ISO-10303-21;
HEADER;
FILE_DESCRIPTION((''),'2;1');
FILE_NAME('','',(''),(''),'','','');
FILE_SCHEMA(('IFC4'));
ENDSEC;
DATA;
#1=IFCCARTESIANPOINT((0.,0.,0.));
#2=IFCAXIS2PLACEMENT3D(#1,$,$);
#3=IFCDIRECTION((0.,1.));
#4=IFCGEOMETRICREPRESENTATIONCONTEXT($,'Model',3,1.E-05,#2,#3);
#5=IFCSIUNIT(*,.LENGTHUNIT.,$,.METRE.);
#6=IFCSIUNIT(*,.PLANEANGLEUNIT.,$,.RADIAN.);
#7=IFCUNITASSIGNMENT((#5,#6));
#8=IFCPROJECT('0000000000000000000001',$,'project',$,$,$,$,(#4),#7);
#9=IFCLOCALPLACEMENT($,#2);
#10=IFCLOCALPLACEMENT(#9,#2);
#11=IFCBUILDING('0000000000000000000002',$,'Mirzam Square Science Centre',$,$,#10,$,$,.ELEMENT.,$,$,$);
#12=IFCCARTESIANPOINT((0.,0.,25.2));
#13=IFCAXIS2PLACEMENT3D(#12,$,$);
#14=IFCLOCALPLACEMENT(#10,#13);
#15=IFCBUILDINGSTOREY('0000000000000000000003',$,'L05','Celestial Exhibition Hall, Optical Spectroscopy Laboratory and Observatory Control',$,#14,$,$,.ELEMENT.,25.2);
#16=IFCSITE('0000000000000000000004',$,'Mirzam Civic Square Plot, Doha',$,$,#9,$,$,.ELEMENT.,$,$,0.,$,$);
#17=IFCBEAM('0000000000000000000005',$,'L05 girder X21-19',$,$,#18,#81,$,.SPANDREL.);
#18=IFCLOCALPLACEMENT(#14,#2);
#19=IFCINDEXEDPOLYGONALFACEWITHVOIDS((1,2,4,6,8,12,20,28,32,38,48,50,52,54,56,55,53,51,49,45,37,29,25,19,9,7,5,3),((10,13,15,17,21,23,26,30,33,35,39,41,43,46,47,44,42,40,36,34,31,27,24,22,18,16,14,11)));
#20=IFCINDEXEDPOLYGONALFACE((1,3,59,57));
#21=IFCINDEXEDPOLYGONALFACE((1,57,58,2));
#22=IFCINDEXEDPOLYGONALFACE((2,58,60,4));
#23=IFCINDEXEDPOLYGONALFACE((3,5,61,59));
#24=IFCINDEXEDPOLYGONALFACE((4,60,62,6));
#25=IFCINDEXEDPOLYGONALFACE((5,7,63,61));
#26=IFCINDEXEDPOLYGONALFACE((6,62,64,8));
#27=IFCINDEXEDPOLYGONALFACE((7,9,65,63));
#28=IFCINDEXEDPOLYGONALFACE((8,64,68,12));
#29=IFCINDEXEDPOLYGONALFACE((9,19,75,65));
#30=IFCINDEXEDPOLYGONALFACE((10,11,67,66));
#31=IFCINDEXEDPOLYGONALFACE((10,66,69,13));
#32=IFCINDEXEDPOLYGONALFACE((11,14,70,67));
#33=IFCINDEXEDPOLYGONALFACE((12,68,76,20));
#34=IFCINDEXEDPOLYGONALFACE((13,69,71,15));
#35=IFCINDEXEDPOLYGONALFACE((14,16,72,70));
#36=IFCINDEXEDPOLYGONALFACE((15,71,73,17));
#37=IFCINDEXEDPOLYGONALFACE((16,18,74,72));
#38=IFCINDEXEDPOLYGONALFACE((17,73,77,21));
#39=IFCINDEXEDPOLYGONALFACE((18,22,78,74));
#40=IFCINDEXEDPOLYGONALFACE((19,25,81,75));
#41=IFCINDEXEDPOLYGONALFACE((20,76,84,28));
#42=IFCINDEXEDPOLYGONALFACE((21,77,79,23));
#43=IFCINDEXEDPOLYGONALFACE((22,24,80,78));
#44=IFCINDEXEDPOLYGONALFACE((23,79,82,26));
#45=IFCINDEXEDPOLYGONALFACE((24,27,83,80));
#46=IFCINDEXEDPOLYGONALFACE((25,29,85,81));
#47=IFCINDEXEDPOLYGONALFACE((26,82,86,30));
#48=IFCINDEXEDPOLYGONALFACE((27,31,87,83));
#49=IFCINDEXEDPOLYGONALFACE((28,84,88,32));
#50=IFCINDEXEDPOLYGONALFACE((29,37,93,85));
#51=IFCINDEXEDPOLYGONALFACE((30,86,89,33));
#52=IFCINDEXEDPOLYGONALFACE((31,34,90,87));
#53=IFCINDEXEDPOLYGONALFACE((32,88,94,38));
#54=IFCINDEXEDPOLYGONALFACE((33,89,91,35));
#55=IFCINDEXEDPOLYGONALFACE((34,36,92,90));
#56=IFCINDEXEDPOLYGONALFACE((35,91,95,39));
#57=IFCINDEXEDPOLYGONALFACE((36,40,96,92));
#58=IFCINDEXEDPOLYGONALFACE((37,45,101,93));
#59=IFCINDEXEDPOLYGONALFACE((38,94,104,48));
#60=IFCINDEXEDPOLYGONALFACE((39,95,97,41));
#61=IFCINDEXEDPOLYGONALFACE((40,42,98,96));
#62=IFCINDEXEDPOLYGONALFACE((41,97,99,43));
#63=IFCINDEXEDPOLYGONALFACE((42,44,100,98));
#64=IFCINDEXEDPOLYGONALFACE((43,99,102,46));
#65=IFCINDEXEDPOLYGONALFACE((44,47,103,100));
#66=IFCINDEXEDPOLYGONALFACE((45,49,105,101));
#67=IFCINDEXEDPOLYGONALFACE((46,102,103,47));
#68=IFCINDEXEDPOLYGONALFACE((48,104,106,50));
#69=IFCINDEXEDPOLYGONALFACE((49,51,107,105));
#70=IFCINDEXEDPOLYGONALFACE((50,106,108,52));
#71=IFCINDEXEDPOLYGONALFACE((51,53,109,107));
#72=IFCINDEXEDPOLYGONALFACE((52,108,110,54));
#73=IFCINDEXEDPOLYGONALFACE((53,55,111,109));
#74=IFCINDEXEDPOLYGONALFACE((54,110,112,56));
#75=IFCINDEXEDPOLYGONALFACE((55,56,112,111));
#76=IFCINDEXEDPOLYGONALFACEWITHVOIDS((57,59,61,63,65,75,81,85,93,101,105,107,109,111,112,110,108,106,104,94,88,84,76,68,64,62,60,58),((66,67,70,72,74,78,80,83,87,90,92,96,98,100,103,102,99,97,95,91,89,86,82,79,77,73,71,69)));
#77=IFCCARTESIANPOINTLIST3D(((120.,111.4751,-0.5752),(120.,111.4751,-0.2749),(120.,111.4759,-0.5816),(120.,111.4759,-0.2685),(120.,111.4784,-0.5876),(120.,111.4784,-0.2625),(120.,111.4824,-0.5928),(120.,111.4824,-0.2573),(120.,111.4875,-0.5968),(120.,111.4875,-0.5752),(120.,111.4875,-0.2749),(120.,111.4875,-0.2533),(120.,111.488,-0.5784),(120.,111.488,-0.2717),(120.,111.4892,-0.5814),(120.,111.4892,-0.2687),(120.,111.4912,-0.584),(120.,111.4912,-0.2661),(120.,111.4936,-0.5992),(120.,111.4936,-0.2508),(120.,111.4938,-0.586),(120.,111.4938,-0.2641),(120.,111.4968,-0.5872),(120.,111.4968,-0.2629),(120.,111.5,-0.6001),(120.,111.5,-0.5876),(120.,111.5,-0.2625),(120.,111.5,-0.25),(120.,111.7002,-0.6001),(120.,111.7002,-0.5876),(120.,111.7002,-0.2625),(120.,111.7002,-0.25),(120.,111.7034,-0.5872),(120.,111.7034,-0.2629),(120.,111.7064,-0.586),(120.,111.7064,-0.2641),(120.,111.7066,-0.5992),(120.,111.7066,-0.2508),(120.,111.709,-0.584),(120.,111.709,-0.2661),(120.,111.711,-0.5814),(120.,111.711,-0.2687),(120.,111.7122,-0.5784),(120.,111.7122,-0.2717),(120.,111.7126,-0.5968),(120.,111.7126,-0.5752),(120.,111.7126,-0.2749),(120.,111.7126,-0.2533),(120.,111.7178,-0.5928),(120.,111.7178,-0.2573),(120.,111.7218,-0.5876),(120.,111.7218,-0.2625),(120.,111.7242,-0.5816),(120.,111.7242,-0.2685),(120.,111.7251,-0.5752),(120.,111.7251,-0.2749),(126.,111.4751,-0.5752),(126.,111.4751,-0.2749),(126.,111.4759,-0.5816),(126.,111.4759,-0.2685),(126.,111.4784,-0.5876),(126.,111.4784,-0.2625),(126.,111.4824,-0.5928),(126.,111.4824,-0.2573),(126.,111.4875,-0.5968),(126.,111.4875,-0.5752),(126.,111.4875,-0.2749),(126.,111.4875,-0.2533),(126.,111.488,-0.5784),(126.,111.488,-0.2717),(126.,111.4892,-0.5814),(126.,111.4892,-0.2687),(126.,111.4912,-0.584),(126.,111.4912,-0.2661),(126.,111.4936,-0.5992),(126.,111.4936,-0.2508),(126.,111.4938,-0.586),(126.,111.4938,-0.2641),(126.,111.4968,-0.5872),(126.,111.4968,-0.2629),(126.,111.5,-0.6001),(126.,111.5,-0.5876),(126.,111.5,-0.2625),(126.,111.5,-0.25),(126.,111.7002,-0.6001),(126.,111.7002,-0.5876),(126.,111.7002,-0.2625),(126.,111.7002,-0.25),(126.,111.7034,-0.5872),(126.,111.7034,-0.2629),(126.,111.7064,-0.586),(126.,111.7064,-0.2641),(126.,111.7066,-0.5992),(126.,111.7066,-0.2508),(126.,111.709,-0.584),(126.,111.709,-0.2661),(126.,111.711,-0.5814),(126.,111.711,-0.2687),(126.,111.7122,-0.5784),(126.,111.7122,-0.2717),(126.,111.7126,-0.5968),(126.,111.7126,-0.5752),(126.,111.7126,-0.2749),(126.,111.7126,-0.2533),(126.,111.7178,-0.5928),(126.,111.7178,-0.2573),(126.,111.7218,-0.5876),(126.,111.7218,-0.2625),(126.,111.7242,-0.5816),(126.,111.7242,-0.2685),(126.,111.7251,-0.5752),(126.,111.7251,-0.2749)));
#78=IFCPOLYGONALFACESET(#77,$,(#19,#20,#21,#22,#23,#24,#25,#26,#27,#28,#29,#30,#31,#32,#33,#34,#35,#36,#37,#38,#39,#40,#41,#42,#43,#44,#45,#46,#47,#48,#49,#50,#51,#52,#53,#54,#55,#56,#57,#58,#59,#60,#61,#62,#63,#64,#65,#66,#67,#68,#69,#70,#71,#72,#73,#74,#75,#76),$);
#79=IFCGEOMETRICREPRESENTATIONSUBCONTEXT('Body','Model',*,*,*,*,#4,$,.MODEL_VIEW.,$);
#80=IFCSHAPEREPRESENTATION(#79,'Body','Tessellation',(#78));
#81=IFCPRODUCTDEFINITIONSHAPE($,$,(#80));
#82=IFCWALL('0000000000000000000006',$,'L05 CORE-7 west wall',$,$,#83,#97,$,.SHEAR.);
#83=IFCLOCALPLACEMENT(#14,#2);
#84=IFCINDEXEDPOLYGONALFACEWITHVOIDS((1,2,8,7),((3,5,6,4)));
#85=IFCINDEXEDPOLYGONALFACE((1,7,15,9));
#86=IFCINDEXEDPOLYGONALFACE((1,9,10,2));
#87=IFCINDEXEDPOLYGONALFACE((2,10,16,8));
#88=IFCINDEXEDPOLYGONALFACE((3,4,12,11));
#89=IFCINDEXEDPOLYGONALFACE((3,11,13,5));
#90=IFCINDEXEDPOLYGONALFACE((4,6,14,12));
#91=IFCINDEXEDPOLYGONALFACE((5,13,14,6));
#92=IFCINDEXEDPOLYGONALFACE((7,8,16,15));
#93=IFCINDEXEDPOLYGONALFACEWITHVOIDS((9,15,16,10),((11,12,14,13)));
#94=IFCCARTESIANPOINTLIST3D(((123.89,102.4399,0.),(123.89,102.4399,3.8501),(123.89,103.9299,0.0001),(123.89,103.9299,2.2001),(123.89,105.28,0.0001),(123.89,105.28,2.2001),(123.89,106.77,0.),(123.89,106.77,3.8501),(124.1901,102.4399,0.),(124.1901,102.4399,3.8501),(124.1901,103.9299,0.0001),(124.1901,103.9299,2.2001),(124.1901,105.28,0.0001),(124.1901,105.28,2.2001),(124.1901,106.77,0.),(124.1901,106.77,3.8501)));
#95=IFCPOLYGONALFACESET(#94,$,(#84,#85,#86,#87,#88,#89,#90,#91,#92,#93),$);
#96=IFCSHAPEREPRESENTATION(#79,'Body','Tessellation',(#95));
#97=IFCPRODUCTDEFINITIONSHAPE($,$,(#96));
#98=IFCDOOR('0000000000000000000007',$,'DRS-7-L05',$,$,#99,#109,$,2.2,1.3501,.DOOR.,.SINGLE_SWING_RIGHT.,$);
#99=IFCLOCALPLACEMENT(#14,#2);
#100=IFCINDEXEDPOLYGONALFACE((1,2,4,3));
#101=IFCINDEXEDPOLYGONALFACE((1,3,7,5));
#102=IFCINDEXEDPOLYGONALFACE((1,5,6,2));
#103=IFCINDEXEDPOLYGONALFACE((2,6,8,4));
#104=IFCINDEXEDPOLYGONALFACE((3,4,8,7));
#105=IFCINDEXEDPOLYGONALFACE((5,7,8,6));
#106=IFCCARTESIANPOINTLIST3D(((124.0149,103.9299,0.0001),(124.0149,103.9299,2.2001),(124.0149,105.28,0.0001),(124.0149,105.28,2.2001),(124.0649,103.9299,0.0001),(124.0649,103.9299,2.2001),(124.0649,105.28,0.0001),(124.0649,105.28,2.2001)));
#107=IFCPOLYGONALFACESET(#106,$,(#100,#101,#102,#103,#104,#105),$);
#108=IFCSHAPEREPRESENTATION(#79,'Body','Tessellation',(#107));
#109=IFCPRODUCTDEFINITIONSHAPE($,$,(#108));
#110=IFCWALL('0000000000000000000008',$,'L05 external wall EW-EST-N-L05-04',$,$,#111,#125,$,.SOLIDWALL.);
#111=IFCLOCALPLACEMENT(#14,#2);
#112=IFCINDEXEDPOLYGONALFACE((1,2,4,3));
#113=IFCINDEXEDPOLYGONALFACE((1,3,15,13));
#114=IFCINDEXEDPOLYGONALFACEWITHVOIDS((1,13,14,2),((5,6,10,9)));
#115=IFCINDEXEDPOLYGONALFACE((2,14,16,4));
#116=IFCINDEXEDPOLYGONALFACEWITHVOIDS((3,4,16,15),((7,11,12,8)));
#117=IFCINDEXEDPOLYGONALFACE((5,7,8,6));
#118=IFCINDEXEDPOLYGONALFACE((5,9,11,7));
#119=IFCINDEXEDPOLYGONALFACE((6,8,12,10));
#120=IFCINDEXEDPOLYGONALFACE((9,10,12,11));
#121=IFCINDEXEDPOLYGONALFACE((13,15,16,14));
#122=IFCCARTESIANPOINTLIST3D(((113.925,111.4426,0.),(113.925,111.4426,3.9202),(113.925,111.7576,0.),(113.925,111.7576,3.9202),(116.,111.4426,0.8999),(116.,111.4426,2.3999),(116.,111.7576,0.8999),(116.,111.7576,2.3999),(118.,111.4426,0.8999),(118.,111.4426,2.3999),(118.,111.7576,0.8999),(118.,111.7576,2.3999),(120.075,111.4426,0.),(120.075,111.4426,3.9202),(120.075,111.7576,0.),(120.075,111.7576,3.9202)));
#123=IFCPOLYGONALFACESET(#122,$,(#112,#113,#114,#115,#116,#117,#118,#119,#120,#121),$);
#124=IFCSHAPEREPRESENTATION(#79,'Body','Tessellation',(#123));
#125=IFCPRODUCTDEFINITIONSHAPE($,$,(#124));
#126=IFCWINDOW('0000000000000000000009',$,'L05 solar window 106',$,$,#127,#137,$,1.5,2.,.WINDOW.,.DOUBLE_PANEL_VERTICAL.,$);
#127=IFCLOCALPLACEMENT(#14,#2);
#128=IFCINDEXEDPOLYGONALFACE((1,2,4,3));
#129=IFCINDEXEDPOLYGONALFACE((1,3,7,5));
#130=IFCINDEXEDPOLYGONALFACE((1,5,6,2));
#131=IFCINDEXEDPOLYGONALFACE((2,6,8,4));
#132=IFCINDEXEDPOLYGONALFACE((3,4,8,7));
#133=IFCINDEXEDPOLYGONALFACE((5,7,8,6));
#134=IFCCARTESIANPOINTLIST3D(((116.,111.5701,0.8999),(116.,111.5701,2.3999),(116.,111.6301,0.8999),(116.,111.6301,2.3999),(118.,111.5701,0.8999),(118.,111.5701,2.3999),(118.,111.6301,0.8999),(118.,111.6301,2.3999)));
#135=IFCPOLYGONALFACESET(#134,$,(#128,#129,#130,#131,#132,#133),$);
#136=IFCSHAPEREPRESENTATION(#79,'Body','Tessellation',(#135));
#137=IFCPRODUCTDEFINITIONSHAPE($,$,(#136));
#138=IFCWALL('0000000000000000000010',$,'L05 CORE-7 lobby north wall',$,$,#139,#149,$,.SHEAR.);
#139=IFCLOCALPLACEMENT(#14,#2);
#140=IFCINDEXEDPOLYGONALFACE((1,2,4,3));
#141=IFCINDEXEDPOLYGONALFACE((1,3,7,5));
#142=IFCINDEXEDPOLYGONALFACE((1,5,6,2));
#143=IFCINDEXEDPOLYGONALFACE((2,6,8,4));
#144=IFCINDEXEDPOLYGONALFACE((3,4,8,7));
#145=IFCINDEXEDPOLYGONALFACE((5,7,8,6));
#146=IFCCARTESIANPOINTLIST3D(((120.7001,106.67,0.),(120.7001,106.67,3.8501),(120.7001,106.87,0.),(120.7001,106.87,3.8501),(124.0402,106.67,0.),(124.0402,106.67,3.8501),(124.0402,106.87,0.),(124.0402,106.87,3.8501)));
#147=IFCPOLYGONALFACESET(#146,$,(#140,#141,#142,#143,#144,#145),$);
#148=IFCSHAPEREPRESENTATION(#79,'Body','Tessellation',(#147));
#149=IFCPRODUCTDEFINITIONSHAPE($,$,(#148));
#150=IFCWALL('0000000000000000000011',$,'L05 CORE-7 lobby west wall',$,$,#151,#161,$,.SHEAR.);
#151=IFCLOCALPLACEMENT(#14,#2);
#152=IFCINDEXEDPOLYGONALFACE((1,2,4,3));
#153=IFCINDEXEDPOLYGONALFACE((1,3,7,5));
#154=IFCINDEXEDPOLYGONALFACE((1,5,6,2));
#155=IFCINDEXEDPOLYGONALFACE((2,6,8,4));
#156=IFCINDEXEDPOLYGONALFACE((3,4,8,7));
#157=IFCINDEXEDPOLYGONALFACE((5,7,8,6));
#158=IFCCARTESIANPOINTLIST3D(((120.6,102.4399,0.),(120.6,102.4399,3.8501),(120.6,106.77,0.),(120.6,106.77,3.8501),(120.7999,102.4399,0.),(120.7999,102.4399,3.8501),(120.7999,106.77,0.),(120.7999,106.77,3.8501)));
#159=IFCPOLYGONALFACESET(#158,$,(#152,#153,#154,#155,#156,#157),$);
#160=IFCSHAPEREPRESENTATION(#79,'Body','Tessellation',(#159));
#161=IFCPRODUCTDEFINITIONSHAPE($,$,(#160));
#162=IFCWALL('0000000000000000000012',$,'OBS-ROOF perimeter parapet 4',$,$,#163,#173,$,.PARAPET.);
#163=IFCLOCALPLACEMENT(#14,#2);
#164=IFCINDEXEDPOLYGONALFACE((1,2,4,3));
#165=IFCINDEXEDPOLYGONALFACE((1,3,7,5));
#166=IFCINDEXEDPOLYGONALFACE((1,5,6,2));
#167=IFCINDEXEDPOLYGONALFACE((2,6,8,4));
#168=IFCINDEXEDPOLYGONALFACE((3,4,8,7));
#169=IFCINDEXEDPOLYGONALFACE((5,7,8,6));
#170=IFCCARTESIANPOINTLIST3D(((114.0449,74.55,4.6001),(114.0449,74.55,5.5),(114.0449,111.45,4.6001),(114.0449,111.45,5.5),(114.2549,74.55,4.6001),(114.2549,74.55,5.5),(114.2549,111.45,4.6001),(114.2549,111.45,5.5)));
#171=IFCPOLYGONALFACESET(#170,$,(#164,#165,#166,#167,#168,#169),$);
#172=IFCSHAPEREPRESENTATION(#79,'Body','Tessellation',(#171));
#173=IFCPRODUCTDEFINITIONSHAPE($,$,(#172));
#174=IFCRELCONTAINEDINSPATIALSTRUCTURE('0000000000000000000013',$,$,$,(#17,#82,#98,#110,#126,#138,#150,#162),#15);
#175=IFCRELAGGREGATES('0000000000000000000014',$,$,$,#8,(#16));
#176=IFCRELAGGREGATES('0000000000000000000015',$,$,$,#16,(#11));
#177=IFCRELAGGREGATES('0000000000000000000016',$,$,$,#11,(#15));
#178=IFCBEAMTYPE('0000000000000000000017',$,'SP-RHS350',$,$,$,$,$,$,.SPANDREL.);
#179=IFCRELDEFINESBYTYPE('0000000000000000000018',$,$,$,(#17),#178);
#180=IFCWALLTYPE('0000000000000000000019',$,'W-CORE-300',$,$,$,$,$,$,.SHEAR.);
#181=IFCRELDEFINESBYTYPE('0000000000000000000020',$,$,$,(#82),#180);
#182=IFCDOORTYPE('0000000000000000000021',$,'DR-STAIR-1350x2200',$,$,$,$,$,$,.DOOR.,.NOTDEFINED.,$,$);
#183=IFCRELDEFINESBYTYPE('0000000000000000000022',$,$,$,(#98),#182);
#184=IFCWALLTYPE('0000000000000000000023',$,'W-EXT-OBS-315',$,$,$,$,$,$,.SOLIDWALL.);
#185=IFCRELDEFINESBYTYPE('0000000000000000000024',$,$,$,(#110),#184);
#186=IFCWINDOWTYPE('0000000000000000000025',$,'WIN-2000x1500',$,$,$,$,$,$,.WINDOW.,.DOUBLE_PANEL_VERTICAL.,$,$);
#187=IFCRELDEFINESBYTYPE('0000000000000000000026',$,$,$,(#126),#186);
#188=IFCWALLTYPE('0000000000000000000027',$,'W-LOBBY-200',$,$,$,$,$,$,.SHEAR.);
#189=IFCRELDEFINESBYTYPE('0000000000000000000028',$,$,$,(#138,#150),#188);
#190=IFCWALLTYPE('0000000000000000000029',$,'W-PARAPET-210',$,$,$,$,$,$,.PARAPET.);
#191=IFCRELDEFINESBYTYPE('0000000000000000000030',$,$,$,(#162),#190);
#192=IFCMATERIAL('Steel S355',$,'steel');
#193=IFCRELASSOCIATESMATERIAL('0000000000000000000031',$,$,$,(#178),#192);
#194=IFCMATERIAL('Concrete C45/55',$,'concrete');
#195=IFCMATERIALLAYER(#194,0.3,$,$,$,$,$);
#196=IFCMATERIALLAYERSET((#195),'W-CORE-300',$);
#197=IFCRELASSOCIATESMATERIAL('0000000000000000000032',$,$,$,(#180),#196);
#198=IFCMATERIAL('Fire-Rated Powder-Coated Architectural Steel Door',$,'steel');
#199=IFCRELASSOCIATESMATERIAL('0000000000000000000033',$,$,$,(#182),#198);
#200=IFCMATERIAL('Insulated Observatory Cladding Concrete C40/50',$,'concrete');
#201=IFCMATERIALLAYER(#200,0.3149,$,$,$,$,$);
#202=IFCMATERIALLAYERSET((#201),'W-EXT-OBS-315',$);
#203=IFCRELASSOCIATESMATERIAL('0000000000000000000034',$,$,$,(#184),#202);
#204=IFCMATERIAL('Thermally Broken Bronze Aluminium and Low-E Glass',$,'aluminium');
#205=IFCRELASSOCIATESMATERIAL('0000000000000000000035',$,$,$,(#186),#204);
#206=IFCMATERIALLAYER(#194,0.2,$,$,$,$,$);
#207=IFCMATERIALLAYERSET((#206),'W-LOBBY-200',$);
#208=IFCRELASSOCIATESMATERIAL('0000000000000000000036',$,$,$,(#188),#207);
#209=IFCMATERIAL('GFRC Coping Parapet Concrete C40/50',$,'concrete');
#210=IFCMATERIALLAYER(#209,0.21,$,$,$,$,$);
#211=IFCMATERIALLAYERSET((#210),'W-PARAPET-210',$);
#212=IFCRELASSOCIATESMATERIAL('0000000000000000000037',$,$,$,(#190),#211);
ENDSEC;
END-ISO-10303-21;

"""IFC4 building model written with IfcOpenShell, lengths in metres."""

from ifc_helpers import new_model, si_unit, direction, frame, frame_2d, origin, origin_2d, place, context, subcontext, project, spatial, rectangle, hollow_rectangle, extrude, material, layer, layer_set, material_profile, profile_set, type_object, element, fill, save


model = new_model("IFC4")

# Units and contexts
model_context = context("Model", 3, precision=1e-05, world=origin(), true_north=direction((0.0, 1.0)))
body_context = subcontext(model_context, "Body", "Model", "MODEL_VIEW")
ifc_project = project(units=[si_unit("LENGTHUNIT", "METRE"), si_unit("PLANEANGLEUNIT", "RADIAN")], contexts=[model_context])

# Site, building, storey
site_placement = place(None, origin())
site = spatial("IfcSite", under=ifc_project, at=site_placement, Name="Mirzam Civic Square Plot, Doha", CompositionType="ELEMENT", RefElevation=0.0)
building_placement = place(site_placement, origin())
building = spatial("IfcBuilding", under=site, at=building_placement, Name="Mirzam Square Science Centre", CompositionType="ELEMENT")
storey_placement = place(building_placement, frame((0.0, 0.0, 25.2)))
storey = spatial("IfcBuildingStorey", under=building, at=storey_placement, Name="L05", Description="Celestial Exhibition Hall, Optical Spectroscopy Laboratory and Observatory Control", CompositionType="ELEMENT", Elevation=25.2)

# Shared definitions
ifc_material_1 = material(Name="Steel S355", Category="steel")

# Beam
ifc_material_profile_1 = material_profile(ifc_material_1, hollow_rectangle(XDim=0.25, YDim=0.3501, WallThickness=0.0125, InnerFilletRadius=0.0125, OuterFilletRadius=0.0249, at=origin_2d()), Name="350x250x12.5RHS")
ifc_profile_set_1 = profile_set([ifc_material_profile_1], Name="Steel S355")
beam_type_1 = type_object("IfcBeamType", Name="SP-RHS350", PredefinedType="SPANDREL", material=ifc_profile_set_1)
beam_1_placement = place(storey_placement, frame((120.0, 111.6001, -0.425), z_axis=(1.0, 0.0, 0.0), x_axis=(0.0, 1.0, 0.0)))
element("IfcBeam", 1, at=beam_1_placement, inside=storey, type_object=beam_type_1, Name="L05 girder X21-19", PredefinedType="SPANDREL", context=body_context, shape_type="SweptSolid", body=[
    extrude(hollow_rectangle(XDim=0.25, YDim=0.3501, WallThickness=0.0125, InnerFilletRadius=0.0125, OuterFilletRadius=0.0249, at=origin_2d()), origin(), (0.0, 0.0, 1.0), 6.0),
])

# Wall, opening, door
ifc_material_2 = material(Name="Concrete C45/55", Category="concrete")
ifc_layer_1 = layer(ifc_material_2, 0.3)
ifc_layer_set_1 = layer_set([ifc_layer_1], Name="W-CORE-300")
wall_type_1 = type_object("IfcWallType", Name="W-CORE-300", PredefinedType="SHEAR", material=ifc_layer_set_1)
wall_1_placement = place(storey_placement, frame((124.04, 106.77, 0.0), z_axis=(0.0, 0.0, 1.0), x_axis=(0.0, -1.0, 0.0)))
wall_1 = element("IfcWall", 2, at=wall_1_placement, inside=storey, type_object=wall_type_1, Name="L05 CORE-7 west wall", PredefinedType="SHEAR", context=body_context, shape_type="SweptSolid", body=[
    extrude(rectangle(XDim=4.3301, YDim=0.3, at=frame_2d((2.165, 0.0))), origin(), (0.0, 0.0, 1.0), 3.8501),
])
opening_1_placement = place(wall_1_placement, frame((1.49, 0.0, 0.0)))
opening_1 = element("IfcOpeningElement", 3, at=opening_1_placement, cuts=wall_1, PredefinedType="OPENING", context=body_context, shape_type="SweptSolid", body=[
    extrude(rectangle(XDim=1.3501, YDim=2.2, at=frame_2d((0.675, 1.1001))), frame((0.0, 0.1599, 0.0), z_axis=(0.0, -1.0, 0.0), x_axis=(1.0, 0.0, 0.0)), (0.0, 0.0, 1.0), 0.3201),
])
ifc_material_3 = material(Name="Fire-Rated Powder-Coated Architectural Steel Door", Category="steel")
door_type_1 = type_object("IfcDoorType", Name="DR-STAIR-1350x2200", OperationType="NOTDEFINED", PredefinedType="DOOR", material=ifc_material_3)
door_1_placement = place(opening_1_placement, origin())
door_1 = element("IfcDoor", 4, at=door_1_placement, inside=storey, type_object=door_type_1, Name="DRS-7-L05", OperationType="SINGLE_SWING_RIGHT", OverallHeight=2.2, OverallWidth=1.3501, PredefinedType="DOOR", context=body_context, shape_type="SweptSolid", body=[
    extrude(rectangle(XDim=1.3501, YDim=2.2, at=frame_2d((0.675, 1.1001))), frame((0.0, 0.0249, 0.0), z_axis=(0.0, -1.0, 0.0), x_axis=(1.0, 0.0, 0.0)), (0.0, 0.0, 1.0), 0.05),
])
fill(opening_1, door_1)

# Wall, opening, window
ifc_material_4 = material(Name="Insulated Observatory Cladding Concrete C40/50", Category="concrete")
ifc_layer_2 = layer(ifc_material_4, 0.3149)
ifc_layer_set_2 = layer_set([ifc_layer_2], Name="W-EXT-OBS-315")
wall_type_2 = type_object("IfcWallType", Name="W-EXT-OBS-315", PredefinedType="SOLIDWALL", material=ifc_layer_set_2)
wall_2_placement = place(storey_placement, frame((120.075, 111.6001, 0.0), z_axis=(0.0, 0.0, 1.0), x_axis=(-1.0, 0.0, 0.0)))
wall_2 = element("IfcWall", 5, at=wall_2_placement, inside=storey, type_object=wall_type_2, Name="L05 external wall EW-EST-N-L05-04", PredefinedType="SOLIDWALL", context=body_context, shape_type="SweptSolid", body=[
    extrude(rectangle(XDim=6.1499, YDim=0.3149, at=frame_2d((3.075, 0.0))), origin(), (0.0, 0.0, 1.0), 3.9202),
])
opening_2_placement = place(wall_2_placement, frame((2.075, 0.0, 0.8999)))
opening_2 = element("IfcOpeningElement", 6, at=opening_2_placement, cuts=wall_2, PredefinedType="OPENING", context=body_context, shape_type="SweptSolid", body=[
    extrude(rectangle(XDim=2.0, YDim=1.5, at=frame_2d((1.0, 0.75))), frame((0.0, 0.1675, 0.0), z_axis=(0.0, -1.0, 0.0), x_axis=(1.0, 0.0, 0.0)), (0.0, 0.0, 1.0), 0.335),
])
ifc_material_5 = material(Name="Thermally Broken Bronze Aluminium and Low-E Glass", Category="aluminium")
window_type = type_object("IfcWindowType", Name="WIN-2000x1500", PartitioningType="DOUBLE_PANEL_VERTICAL", PredefinedType="WINDOW", material=ifc_material_5)
window_placement = place(opening_2_placement, origin())
window = element("IfcWindow", 7, at=window_placement, inside=storey, type_object=window_type, Name="L05 solar window 106", OverallHeight=1.5, OverallWidth=2.0, PartitioningType="DOUBLE_PANEL_VERTICAL", PredefinedType="WINDOW", context=body_context, shape_type="SweptSolid", body=[
    extrude(rectangle(XDim=2.0, YDim=1.5, at=frame_2d((1.0, 0.75))), frame((0.0, 0.03, 0.0), z_axis=(0.0, -1.0, 0.0), x_axis=(1.0, 0.0, 0.0)), (0.0, 0.0, 1.0), 0.0601),
])
fill(opening_2, window)

# Walls
ifc_layer_3 = layer(ifc_material_2, 0.2)
ifc_layer_set_3 = layer_set([ifc_layer_3], Name="W-LOBBY-200")
wall_type_3 = type_object("IfcWallType", Name="W-LOBBY-200", PredefinedType="SHEAR", material=ifc_layer_set_3)
wall_3_placement = place(storey_placement, frame((124.04, 106.77, 0.0), z_axis=(0.0, 0.0, 1.0), x_axis=(-1.0, 0.0, 0.0)))
element("IfcWall", 8, at=wall_3_placement, inside=storey, type_object=wall_type_3, Name="L05 CORE-7 lobby north wall", PredefinedType="SHEAR", context=body_context, shape_type="SweptSolid", body=[
    extrude(rectangle(XDim=3.3401, YDim=0.2, at=frame_2d((1.6699, 0.0))), origin(), (0.0, 0.0, 1.0), 3.8501),
])
wall_4_placement = place(storey_placement, frame((120.7, 106.77, 0.0), z_axis=(0.0, 0.0, 1.0), x_axis=(0.0, -1.0, 0.0)))
element("IfcWall", 9, at=wall_4_placement, inside=storey, type_object=wall_type_3, Name="L05 CORE-7 lobby west wall", PredefinedType="SHEAR", context=body_context, shape_type="SweptSolid", body=[
    extrude(rectangle(XDim=4.3301, YDim=0.2, at=frame_2d((2.165, 0.0))), origin(), (0.0, 0.0, 1.0), 3.8501),
])
ifc_material_6 = material(Name="GFRC Coping Parapet Concrete C40/50", Category="concrete")
ifc_layer_4 = layer(ifc_material_6, 0.21)
ifc_layer_set_4 = layer_set([ifc_layer_4], Name="W-PARAPET-210")
wall_type_4 = type_object("IfcWallType", Name="W-PARAPET-210", PredefinedType="PARAPET", material=ifc_layer_set_4)
wall_5_placement = place(storey_placement, frame((114.1499, 111.45, 4.6001), z_axis=(0.0, 0.0, 1.0), x_axis=(0.0, -1.0, 0.0)))
element("IfcWall", 10, at=wall_5_placement, inside=storey, type_object=wall_type_4, Name="OBS-ROOF perimeter parapet 4", PredefinedType="PARAPET", context=body_context, shape_type="SweptSolid", body=[
    extrude(rectangle(XDim=36.8999, YDim=0.21, at=frame_2d((18.45, 0.0))), origin(), (0.0, 0.0, 1.0), 0.8999),
])

save(model, "model.ifc")
